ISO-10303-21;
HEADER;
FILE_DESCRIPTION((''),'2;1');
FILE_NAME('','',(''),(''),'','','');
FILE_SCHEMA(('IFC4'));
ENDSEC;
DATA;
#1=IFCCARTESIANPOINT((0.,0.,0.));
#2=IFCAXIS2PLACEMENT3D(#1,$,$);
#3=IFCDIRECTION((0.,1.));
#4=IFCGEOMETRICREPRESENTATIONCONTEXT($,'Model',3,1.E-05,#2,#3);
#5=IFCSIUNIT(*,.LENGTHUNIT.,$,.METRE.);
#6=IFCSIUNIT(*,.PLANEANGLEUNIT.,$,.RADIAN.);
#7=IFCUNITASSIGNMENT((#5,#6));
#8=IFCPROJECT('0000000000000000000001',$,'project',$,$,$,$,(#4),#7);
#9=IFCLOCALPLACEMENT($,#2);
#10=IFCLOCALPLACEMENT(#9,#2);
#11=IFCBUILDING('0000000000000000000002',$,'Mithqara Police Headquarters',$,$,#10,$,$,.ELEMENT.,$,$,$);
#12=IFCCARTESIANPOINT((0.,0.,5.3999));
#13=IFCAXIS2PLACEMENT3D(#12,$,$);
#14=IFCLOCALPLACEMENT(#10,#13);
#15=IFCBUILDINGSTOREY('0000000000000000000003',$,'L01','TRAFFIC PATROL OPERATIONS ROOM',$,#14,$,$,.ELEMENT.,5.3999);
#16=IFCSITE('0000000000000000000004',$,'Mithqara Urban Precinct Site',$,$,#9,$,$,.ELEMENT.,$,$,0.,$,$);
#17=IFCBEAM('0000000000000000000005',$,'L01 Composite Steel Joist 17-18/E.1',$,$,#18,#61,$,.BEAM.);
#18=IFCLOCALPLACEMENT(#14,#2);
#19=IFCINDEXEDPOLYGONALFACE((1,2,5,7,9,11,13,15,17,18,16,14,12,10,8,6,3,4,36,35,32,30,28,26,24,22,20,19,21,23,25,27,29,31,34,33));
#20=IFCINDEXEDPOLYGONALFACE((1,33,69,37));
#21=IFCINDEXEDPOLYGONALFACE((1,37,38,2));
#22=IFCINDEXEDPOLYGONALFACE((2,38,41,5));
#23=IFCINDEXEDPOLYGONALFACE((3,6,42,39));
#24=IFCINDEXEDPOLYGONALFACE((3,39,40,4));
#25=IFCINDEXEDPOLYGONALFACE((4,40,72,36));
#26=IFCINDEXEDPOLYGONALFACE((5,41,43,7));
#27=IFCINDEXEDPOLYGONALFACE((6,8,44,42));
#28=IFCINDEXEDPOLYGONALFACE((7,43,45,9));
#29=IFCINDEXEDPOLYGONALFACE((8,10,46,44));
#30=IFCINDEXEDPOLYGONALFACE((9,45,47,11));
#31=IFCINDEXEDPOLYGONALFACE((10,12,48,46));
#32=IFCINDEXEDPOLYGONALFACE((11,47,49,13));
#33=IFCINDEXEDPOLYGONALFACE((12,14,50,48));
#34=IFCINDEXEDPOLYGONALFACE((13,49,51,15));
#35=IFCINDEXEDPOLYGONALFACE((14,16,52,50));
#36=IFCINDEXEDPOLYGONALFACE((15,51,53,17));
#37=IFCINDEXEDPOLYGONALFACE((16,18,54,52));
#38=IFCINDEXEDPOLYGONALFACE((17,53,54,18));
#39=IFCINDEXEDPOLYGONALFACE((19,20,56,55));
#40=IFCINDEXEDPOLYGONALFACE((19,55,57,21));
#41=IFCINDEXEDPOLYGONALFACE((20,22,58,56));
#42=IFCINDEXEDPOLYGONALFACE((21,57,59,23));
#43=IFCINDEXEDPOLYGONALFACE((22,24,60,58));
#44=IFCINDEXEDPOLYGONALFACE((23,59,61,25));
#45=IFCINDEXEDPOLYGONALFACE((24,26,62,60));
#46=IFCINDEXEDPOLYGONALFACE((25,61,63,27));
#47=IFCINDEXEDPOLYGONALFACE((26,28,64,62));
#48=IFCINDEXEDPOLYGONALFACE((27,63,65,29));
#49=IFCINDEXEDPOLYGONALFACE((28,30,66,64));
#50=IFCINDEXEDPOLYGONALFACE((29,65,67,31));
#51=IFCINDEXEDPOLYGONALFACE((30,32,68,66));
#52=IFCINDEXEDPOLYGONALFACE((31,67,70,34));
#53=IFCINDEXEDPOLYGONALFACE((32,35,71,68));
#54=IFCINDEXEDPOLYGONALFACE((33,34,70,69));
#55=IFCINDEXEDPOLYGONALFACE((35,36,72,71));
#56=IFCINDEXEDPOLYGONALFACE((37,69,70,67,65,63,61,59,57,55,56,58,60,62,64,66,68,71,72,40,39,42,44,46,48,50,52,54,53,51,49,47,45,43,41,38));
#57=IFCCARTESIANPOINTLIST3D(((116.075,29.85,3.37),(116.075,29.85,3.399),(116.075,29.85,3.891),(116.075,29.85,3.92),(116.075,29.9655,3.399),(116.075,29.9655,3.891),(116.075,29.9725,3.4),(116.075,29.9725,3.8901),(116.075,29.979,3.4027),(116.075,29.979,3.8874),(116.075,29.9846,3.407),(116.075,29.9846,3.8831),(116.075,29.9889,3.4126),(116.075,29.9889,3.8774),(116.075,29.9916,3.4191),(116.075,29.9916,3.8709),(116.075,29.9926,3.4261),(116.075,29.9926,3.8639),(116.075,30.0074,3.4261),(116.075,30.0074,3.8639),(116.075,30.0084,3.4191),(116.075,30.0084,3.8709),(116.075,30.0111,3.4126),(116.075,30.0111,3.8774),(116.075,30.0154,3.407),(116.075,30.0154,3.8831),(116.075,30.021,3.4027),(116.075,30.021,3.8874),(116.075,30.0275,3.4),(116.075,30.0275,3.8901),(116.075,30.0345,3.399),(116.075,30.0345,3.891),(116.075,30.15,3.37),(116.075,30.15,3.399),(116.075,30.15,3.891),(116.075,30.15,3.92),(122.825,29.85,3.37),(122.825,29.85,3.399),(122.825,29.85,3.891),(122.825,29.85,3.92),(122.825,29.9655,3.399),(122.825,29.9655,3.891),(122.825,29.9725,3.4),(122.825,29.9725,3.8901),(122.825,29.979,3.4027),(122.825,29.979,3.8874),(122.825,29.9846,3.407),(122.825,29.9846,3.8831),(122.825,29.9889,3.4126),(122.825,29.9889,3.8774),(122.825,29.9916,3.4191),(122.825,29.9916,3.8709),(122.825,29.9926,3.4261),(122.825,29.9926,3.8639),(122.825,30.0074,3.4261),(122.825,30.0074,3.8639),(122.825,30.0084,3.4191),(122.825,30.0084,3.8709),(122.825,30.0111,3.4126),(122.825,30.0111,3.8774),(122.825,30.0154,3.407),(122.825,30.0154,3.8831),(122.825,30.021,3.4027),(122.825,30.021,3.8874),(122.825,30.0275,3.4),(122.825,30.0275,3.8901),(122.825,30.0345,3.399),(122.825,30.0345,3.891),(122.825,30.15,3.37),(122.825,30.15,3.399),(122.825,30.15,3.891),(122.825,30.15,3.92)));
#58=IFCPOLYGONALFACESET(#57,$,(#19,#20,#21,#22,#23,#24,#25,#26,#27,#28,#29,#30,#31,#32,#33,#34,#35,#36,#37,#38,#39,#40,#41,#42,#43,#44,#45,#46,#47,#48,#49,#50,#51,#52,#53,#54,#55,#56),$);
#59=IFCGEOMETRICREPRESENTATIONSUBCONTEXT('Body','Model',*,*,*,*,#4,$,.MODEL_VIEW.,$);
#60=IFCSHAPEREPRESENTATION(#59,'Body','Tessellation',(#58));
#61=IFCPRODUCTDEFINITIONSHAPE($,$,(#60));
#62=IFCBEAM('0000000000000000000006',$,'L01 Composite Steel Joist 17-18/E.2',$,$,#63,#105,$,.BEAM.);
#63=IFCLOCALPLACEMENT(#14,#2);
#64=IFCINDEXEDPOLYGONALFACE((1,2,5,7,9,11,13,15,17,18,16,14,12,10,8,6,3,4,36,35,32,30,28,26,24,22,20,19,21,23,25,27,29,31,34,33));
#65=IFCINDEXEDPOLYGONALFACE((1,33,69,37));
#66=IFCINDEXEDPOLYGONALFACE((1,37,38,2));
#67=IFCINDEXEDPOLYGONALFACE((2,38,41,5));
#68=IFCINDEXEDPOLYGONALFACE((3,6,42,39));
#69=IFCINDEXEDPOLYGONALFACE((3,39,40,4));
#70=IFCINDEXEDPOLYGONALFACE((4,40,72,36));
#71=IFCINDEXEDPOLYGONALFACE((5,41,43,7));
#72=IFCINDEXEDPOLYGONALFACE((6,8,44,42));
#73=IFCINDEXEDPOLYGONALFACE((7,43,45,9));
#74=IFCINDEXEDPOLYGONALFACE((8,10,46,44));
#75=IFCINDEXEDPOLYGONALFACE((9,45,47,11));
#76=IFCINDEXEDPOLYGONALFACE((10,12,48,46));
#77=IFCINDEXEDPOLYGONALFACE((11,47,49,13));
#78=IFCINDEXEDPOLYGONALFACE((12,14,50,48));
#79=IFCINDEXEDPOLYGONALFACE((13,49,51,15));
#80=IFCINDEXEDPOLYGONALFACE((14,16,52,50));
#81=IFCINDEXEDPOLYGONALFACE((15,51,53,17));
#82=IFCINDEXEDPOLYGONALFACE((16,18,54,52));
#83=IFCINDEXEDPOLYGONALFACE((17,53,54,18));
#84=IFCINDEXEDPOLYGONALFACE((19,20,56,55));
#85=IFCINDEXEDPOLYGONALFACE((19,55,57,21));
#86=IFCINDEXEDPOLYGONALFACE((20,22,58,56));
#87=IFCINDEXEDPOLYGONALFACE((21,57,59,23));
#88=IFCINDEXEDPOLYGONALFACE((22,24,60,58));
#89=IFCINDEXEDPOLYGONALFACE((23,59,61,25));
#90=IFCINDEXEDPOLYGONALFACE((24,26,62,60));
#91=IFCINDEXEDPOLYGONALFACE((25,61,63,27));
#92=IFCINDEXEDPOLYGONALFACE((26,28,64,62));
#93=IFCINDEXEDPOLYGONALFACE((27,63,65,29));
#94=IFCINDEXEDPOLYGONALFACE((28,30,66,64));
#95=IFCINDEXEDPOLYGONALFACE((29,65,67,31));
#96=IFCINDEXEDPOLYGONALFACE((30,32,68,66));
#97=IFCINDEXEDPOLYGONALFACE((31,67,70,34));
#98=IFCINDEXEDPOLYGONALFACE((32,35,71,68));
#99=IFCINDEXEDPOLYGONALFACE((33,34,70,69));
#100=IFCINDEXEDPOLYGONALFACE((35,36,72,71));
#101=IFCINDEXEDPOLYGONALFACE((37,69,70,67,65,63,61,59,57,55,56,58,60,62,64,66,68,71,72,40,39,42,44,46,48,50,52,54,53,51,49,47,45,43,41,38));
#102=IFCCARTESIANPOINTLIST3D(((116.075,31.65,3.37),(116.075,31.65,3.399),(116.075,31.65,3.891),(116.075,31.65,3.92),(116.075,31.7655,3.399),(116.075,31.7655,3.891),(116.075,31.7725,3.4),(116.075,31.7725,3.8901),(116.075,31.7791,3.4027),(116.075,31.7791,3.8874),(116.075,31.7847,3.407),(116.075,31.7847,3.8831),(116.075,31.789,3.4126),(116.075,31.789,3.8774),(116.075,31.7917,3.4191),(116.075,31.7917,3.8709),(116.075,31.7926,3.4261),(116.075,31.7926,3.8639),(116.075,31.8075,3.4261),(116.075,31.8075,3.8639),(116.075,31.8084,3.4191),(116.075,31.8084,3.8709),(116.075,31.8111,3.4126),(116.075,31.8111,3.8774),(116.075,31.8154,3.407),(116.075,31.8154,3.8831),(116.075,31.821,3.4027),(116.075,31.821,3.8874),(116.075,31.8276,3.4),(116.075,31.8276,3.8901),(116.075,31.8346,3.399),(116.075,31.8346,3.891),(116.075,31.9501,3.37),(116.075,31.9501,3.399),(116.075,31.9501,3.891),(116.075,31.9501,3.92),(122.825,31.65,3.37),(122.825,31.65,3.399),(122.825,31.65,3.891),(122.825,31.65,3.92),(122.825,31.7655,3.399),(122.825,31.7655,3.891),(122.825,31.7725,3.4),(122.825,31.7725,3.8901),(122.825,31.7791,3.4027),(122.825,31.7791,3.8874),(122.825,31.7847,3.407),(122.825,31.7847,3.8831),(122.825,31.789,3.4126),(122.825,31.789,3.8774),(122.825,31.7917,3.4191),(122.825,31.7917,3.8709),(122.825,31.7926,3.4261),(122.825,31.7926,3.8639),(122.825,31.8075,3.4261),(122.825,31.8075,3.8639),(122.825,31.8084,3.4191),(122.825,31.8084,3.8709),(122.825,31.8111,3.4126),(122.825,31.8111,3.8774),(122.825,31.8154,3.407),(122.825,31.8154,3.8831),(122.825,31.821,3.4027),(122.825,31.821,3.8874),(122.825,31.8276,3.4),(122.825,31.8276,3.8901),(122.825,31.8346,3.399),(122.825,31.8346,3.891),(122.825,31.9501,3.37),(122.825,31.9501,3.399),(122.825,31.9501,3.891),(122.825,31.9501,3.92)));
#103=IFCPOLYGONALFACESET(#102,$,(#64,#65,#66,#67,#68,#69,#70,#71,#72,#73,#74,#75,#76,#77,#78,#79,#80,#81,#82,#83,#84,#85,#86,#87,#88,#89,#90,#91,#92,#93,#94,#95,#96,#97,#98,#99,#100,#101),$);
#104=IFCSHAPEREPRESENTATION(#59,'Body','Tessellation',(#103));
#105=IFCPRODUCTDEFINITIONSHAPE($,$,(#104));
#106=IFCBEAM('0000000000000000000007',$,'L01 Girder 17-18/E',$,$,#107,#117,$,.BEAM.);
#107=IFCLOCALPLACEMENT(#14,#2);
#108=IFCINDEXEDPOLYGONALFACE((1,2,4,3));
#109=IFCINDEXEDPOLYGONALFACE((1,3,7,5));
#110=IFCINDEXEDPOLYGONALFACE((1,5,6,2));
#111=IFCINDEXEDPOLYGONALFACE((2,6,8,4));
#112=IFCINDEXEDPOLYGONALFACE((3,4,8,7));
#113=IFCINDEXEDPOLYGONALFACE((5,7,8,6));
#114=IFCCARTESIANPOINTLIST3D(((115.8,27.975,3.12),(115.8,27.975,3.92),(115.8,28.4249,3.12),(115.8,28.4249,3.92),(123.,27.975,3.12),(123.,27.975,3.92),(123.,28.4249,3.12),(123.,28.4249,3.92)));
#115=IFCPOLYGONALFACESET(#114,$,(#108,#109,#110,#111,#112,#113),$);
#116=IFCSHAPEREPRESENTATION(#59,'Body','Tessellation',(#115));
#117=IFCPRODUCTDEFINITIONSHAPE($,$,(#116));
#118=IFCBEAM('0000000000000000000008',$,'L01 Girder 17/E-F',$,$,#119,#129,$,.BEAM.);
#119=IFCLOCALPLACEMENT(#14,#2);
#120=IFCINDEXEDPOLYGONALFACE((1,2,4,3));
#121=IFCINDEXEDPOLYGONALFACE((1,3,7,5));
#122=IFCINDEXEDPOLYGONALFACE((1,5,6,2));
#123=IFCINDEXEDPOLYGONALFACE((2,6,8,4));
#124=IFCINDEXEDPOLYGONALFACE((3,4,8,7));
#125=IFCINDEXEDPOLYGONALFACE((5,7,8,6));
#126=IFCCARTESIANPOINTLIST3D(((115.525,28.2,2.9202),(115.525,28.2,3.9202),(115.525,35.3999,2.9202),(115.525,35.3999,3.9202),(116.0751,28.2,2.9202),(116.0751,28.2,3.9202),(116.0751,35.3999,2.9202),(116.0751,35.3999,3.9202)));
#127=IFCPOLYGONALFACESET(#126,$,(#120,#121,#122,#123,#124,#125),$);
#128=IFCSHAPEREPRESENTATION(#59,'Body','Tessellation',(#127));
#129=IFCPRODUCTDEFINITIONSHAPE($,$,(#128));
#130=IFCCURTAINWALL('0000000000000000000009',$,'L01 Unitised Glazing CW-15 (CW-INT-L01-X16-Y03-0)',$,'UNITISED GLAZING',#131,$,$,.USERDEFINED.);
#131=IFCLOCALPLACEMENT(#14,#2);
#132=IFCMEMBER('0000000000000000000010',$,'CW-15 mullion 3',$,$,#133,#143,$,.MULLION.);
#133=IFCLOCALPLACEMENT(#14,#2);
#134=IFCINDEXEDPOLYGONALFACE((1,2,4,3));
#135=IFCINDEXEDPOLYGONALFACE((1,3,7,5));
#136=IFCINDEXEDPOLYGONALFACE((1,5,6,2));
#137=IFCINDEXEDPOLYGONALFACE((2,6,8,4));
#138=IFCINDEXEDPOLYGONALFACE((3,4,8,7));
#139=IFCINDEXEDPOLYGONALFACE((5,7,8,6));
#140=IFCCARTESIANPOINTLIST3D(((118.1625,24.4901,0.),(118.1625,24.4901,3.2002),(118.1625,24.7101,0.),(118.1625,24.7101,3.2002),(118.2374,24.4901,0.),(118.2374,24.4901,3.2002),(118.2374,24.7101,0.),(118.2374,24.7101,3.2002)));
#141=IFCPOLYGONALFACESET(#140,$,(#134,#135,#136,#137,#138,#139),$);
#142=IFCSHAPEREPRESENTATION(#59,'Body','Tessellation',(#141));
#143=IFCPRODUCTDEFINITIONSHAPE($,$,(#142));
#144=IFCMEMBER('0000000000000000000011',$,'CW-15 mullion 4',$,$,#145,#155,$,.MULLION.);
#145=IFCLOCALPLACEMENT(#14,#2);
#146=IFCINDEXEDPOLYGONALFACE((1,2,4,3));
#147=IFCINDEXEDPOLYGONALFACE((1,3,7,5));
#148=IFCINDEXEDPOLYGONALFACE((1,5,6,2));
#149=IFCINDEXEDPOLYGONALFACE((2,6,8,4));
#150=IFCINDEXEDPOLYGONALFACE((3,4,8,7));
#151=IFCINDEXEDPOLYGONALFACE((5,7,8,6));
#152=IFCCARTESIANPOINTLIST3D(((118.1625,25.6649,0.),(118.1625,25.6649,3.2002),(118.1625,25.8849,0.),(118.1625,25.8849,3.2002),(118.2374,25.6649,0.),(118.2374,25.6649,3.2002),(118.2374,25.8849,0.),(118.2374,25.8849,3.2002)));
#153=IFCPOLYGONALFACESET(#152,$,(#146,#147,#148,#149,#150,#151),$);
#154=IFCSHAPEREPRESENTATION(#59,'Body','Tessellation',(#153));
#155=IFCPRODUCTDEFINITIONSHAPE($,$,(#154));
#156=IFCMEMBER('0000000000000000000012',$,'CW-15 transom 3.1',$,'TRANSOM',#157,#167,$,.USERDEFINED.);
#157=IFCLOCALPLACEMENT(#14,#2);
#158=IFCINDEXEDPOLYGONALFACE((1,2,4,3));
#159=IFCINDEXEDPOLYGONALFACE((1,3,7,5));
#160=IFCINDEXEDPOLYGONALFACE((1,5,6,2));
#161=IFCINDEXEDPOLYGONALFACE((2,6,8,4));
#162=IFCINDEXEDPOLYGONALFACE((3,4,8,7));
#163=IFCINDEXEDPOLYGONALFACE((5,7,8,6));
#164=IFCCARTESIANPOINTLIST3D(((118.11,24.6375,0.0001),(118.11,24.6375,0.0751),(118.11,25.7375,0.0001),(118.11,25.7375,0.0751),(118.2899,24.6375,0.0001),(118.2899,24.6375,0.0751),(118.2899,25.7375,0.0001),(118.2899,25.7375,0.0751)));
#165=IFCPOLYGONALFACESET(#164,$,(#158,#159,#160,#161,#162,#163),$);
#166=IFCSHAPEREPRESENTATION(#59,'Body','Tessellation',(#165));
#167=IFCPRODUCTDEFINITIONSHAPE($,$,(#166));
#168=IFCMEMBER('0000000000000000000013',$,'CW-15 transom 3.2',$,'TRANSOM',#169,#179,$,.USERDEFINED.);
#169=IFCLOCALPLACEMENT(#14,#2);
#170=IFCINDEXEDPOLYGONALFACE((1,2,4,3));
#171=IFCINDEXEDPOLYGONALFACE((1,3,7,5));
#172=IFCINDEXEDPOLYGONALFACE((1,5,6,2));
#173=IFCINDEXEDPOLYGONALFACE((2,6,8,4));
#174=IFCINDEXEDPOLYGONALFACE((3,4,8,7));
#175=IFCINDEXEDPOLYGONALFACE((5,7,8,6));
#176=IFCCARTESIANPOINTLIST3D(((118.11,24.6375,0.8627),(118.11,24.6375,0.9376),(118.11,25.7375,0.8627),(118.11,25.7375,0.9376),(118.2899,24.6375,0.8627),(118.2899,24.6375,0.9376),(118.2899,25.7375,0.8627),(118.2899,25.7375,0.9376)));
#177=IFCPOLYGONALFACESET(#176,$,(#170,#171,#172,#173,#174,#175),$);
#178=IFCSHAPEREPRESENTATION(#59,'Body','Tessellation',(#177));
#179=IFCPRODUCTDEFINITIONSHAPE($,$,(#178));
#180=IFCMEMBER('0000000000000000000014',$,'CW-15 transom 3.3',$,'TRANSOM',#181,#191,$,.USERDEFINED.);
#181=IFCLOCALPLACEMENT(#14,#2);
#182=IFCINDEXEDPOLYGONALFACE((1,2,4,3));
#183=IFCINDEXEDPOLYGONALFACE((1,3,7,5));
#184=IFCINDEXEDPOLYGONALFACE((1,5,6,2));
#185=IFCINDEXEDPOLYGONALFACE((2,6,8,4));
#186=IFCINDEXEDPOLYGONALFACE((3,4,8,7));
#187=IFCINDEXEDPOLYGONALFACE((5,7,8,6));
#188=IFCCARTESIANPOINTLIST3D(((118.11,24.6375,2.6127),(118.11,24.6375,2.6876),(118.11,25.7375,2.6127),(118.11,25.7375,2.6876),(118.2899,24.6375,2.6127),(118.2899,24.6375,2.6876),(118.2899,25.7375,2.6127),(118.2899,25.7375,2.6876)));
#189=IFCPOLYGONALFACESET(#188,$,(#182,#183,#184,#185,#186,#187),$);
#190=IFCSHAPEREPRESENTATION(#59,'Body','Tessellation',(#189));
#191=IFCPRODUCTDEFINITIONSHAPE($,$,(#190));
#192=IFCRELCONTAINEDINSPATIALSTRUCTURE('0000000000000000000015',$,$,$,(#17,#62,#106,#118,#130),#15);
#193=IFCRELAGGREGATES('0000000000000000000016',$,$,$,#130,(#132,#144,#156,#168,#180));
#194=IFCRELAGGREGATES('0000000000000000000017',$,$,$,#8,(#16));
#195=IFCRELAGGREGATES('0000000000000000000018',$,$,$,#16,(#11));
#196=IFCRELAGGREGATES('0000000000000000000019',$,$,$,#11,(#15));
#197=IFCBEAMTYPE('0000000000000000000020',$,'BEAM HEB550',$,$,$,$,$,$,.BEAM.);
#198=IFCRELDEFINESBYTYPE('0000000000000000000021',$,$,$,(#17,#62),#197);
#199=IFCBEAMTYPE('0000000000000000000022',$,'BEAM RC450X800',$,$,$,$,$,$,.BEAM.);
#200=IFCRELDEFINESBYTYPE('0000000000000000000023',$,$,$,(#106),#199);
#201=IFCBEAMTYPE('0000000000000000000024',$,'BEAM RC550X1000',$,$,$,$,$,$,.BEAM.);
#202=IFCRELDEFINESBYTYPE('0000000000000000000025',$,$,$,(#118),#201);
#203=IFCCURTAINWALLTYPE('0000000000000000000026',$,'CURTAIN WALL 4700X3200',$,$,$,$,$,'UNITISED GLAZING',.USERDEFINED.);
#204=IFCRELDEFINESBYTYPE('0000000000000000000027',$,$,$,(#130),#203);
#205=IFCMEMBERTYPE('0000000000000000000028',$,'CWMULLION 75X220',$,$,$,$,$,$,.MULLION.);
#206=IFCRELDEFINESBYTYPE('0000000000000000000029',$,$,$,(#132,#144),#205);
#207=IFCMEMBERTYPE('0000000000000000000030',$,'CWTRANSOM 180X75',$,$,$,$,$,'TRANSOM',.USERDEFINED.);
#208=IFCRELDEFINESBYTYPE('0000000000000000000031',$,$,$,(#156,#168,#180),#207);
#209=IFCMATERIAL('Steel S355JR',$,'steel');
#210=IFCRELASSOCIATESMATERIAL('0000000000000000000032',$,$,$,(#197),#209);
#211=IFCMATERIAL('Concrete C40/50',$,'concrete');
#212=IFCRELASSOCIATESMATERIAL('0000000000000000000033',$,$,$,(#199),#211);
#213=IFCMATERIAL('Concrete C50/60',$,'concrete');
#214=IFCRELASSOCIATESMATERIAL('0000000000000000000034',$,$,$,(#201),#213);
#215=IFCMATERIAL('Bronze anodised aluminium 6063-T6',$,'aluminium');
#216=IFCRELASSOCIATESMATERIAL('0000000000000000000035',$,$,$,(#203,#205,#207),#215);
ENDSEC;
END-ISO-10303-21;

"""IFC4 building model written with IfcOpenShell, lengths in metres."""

from ifc_helpers import new_model, si_unit, direction, frame, origin, origin_2d, place, context, subcontext, project, spatial, rectangle, i_section, extrude, material, material_profile, profile_set, type_object, element, aggregate, save


model = new_model("IFC4")

# Units and contexts
model_context = context("Model", 3, precision=1e-05, world=origin(), true_north=direction((0.0, 1.0)))
body_context = subcontext(model_context, "Body", "Model", "MODEL_VIEW")
ifc_project = project(units=[si_unit("LENGTHUNIT", "METRE"), si_unit("PLANEANGLEUNIT", "RADIAN")], contexts=[model_context])

# Site, building, storey
site_placement = place(None, origin())
site = spatial("IfcSite", under=ifc_project, at=site_placement, Name="Mithqara Urban Precinct Site", CompositionType="ELEMENT", RefElevation=0.0)
building_placement = place(site_placement, origin())
building = spatial("IfcBuilding", under=site, at=building_placement, Name="Mithqara Police Headquarters", CompositionType="ELEMENT")
storey_placement = place(building_placement, frame((0.0, 0.0, 5.3999)))
storey = spatial("IfcBuildingStorey", under=building, at=storey_placement, Name="L01", Description="TRAFFIC PATROL OPERATIONS ROOM", CompositionType="ELEMENT", Elevation=5.3999)

# Beams
ifc_material_1 = material(Name="Steel S355JR", Category="steel")
ifc_material_profile_1 = material_profile(ifc_material_1, i_section(OverallWidth=0.3, OverallDepth=0.55, WebThickness=0.0149, FlangeThickness=0.0291, FilletRadius=0.0271, at=origin_2d()), Name="HEB 550")
ifc_profile_set_1 = profile_set([ifc_material_profile_1], Name="Steel S355JR")
beam_type_1 = type_object("IfcBeamType", Name="BEAM HEB550", PredefinedType="BEAM", material=ifc_profile_set_1)
for number, where, z_axis, x_axis, name in (
    (1, (116.075, 30.0, 3.645), (1.0, 0.0, 0.0), (0.0, 1.0, 0.0), "L01 Composite Steel Joist 17-18/E.1"),
    (2, (116.075, 31.8, 3.645), (1.0, 0.0, 0.0), (0.0, 1.0, 0.0), "L01 Composite Steel Joist 17-18/E.2"),
):
    element("IfcBeam", number, at=place(storey_placement, frame(where, z_axis=z_axis, x_axis=x_axis)), inside=storey, type_object=beam_type_1, Name=name, PredefinedType="BEAM", context=body_context, shape_type="SweptSolid", body=[
        extrude(i_section(OverallWidth=0.3, OverallDepth=0.55, WebThickness=0.0149, FlangeThickness=0.0291, FilletRadius=0.0271, at=origin_2d()), origin(), (0.0, 0.0, 1.0), 6.75),
    ])
ifc_material_2 = material(Name="Concrete C40/50", Category="concrete")
ifc_material_profile_2 = material_profile(ifc_material_2, rectangle(XDim=0.45, YDim=0.8, at=origin_2d()), Name="RC 450x800")
ifc_profile_set_2 = profile_set([ifc_material_profile_2], Name="Concrete C40/50")
beam_type_2 = type_object("IfcBeamType", Name="BEAM RC450X800", PredefinedType="BEAM", material=ifc_profile_set_2)
beam_1_placement = place(storey_placement, frame((115.8, 28.2, 3.52), z_axis=(1.0, 0.0, 0.0), x_axis=(0.0, 1.0, 0.0)))
element("IfcBeam", 3, at=beam_1_placement, inside=storey, type_object=beam_type_2, Name="L01 Girder 17-18/E", PredefinedType="BEAM", context=body_context, shape_type="SweptSolid", body=[
    extrude(rectangle(XDim=0.45, YDim=0.8, at=origin_2d()), origin(), (0.0, 0.0, 1.0), 7.2),
])
ifc_material_3 = material(Name="Concrete C50/60", Category="concrete")
ifc_material_profile_3 = material_profile(ifc_material_3, rectangle(XDim=0.55, YDim=1.0, at=origin_2d()), Name="RC 550x1000")
ifc_profile_set_3 = profile_set([ifc_material_profile_3], Name="Concrete C50/60")
beam_type_3 = type_object("IfcBeamType", Name="BEAM RC550X1000", PredefinedType="BEAM", material=ifc_profile_set_3)
beam_2_placement = place(storey_placement, frame((115.8, 28.2, 3.4202), z_axis=(0.0, 1.0, 0.0), x_axis=(-1.0, 0.0, 0.0)))
element("IfcBeam", 4, at=beam_2_placement, inside=storey, type_object=beam_type_3, Name="L01 Girder 17/E-F", PredefinedType="BEAM", context=body_context, shape_type="SweptSolid", body=[
    extrude(rectangle(XDim=0.55, YDim=1.0, at=origin_2d()), origin(), (0.0, 0.0, 1.0), 7.2),
])

# Curtain wall, members
ifc_material_4 = material(Name="Bronze anodised aluminium 6063-T6", Category="aluminium")
curtain_wall_type = type_object("IfcCurtainWallType", Name="CURTAIN WALL 4700X3200", ElementType="UNITISED GLAZING", PredefinedType="USERDEFINED", material=ifc_material_4)
curtain_wall_placement = place(storey_placement, origin())
curtain_wall = element("IfcCurtainWall", 5, at=curtain_wall_placement, inside=storey, type_object=curtain_wall_type, Name="L01 Unitised Glazing CW-15 (CW-INT-L01-X16-Y03-0)", ObjectType="UNITISED GLAZING", PredefinedType="USERDEFINED")
ifc_material_profile_4 = material_profile(ifc_material_4, rectangle(XDim=0.075, YDim=0.22, at=origin_2d()), Name="CWM 75x220")
ifc_profile_set_4 = profile_set([ifc_material_profile_4], Name="Bronze anodised aluminium 6063-T6")
member_type_1 = type_object("IfcMemberType", Name="CWMULLION 75X220", PredefinedType="MULLION", material=ifc_profile_set_4)
member_1_placement = place(storey_placement, frame((118.2, 24.6001, 0.0), z_axis=(0.0, 0.0, 1.0), x_axis=(-1.0, 0.0, 0.0)))
member_1 = element("IfcMember", 6, at=member_1_placement, type_object=member_type_1, Name="CW-15 mullion 3", PredefinedType="MULLION", context=body_context, shape_type="SweptSolid", body=[
    extrude(rectangle(XDim=0.075, YDim=0.22, at=origin_2d()), origin(), (0.0, 0.0, 1.0), 3.2002),
])
member_2_placement = place(storey_placement, frame((118.2, 25.7749, 0.0), z_axis=(0.0, 0.0, 1.0), x_axis=(-1.0, 0.0, 0.0)))
member_2 = element("IfcMember", 7, at=member_2_placement, type_object=member_type_1, Name="CW-15 mullion 4", PredefinedType="MULLION", context=body_context, shape_type="SweptSolid", body=[
    extrude(rectangle(XDim=0.075, YDim=0.22, at=origin_2d()), origin(), (0.0, 0.0, 1.0), 3.2002),
])
ifc_material_profile_5 = material_profile(ifc_material_4, rectangle(XDim=0.1799, YDim=0.075, at=origin_2d()), Name="CWT 180x75")
ifc_profile_set_5 = profile_set([ifc_material_profile_5], Name="Bronze anodised aluminium 6063-T6")
member_type_2 = type_object("IfcMemberType", Name="CWTRANSOM 180X75", ElementType="TRANSOM", PredefinedType="USERDEFINED", material=ifc_profile_set_5)
member_3_placement = place(storey_placement, frame((118.2, 24.6375, 0.0376), z_axis=(0.0, 1.0, 0.0), x_axis=(-1.0, 0.0, 0.0)))
member_3 = element("IfcMember", 8, at=member_3_placement, type_object=member_type_2, Name="CW-15 transom 3.1", ObjectType="TRANSOM", PredefinedType="USERDEFINED", context=body_context, shape_type="SweptSolid", body=[
    extrude(rectangle(XDim=0.1799, YDim=0.075, at=origin_2d()), origin(), (0.0, 0.0, 1.0), 1.1001),
])
member_4_placement = place(storey_placement, frame((118.2, 24.6375, 0.9001), z_axis=(0.0, 1.0, 0.0), x_axis=(-1.0, 0.0, 0.0)))
member_4 = element("IfcMember", 9, at=member_4_placement, type_object=member_type_2, Name="CW-15 transom 3.2", ObjectType="TRANSOM", PredefinedType="USERDEFINED", context=body_context, shape_type="SweptSolid", body=[
    extrude(rectangle(XDim=0.1799, YDim=0.075, at=origin_2d()), origin(), (0.0, 0.0, 1.0), 1.1001),
])
member_5_placement = place(storey_placement, frame((118.2, 24.6375, 2.6501), z_axis=(0.0, 1.0, 0.0), x_axis=(-1.0, 0.0, 0.0)))
member_5 = element("IfcMember", 10, at=member_5_placement, type_object=member_type_2, Name="CW-15 transom 3.3", ObjectType="TRANSOM", PredefinedType="USERDEFINED", context=body_context, shape_type="SweptSolid", body=[
    extrude(rectangle(XDim=0.1799, YDim=0.075, at=origin_2d()), origin(), (0.0, 0.0, 1.0), 1.1001),
])

aggregate(curtain_wall, [member_1, member_2, member_3, member_4, member_5])

save(model, "model.ifc")
